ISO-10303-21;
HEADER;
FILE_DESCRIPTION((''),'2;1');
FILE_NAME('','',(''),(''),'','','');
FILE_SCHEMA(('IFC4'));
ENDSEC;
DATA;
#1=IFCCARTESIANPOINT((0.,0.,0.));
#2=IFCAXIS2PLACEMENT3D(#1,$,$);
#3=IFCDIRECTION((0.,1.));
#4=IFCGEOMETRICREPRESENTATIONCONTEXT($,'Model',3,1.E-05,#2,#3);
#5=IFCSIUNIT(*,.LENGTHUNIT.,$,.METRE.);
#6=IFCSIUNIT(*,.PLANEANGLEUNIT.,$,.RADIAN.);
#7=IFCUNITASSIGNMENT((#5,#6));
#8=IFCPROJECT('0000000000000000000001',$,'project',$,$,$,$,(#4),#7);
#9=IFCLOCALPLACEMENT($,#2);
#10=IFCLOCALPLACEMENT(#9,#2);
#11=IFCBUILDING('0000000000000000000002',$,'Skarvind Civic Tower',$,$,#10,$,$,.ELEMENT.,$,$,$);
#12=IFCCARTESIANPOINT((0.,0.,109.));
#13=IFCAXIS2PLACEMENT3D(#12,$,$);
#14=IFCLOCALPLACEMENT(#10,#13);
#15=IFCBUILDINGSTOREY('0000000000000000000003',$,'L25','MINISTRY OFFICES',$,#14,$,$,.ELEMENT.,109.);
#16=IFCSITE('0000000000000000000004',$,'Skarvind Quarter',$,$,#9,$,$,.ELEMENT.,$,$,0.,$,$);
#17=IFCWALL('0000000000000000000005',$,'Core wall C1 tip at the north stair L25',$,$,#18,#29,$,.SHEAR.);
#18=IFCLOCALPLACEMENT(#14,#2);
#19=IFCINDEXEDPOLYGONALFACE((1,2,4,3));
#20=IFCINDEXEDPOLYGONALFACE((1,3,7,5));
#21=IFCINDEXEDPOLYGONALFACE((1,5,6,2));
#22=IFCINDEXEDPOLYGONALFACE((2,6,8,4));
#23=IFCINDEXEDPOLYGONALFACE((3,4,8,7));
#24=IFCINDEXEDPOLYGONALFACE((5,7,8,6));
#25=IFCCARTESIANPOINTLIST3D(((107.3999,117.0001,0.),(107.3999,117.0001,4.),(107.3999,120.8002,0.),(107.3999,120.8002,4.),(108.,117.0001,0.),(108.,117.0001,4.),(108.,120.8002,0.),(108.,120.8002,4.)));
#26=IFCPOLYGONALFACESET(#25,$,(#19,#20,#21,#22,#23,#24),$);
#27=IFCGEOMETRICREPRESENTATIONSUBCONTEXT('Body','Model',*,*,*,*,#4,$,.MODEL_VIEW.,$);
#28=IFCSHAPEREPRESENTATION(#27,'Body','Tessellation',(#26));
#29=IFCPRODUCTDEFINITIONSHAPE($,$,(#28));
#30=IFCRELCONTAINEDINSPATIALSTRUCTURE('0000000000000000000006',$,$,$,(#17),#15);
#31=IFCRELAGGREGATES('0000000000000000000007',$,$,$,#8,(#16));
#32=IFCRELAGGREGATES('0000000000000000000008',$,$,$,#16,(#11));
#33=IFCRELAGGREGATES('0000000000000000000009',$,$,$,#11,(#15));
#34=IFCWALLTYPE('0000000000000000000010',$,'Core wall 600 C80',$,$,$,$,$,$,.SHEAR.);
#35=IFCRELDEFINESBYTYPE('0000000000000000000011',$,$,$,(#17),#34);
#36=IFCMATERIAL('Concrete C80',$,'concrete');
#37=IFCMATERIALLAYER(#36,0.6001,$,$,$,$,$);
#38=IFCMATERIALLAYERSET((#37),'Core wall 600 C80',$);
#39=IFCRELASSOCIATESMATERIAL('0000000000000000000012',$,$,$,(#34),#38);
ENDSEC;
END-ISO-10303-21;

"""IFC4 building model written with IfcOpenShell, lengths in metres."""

from ifc_helpers import new_model, si_unit, direction, frame, frame_2d, origin, place, context, subcontext, project, spatial, rectangle, extrude, material, layer, layer_set, type_object, element, save


model = new_model("IFC4")

# Units and contexts
model_context = context("Model", 3, precision=1e-05, world=origin(), true_north=direction((0.0, 1.0)))
body_context = subcontext(model_context, "Body", "Model", "MODEL_VIEW")
ifc_project = project(units=[si_unit("LENGTHUNIT", "METRE"), si_unit("PLANEANGLEUNIT", "RADIAN")], contexts=[model_context])

# Site, building, storey
site_placement = place(None, origin())
site = spatial("IfcSite", under=ifc_project, at=site_placement, Name="Skarvind Quarter", CompositionType="ELEMENT", RefElevation=0.0)
building_placement = place(site_placement, origin())
building = spatial("IfcBuilding", under=site, at=building_placement, Name="Skarvind Civic Tower", CompositionType="ELEMENT")
storey_placement = place(building_placement, frame((0.0, 0.0, 109.0)))
storey = spatial("IfcBuildingStorey", under=building, at=storey_placement, Name="L25", Description="MINISTRY OFFICES", CompositionType="ELEMENT", Elevation=109.0)

# Shared definitions
ifc_material_1 = material(Name="Concrete C80", Category="concrete")

# Wall
ifc_layer_1 = layer(ifc_material_1, 0.6001)
ifc_layer_set_1 = layer_set([ifc_layer_1], Name="Core wall 600 C80")
wall_type_1 = type_object("IfcWallType", Name="Core wall 600 C80", PredefinedType="SHEAR", material=ifc_layer_set_1)
wall_1_placement = place(storey_placement, frame((107.7, 120.8, 0.0), z_axis=(0.0, 0.0, 1.0), x_axis=(0.0, -1.0, 0.0)))
element("IfcWall", 1, at=wall_1_placement, inside=storey, type_object=wall_type_1, Name="Core wall C1 tip at the north stair L25", PredefinedType="SHEAR", context=body_context, shape_type="SweptSolid", body=[
    extrude(rectangle(XDim=3.8, YDim=0.6001, at=frame_2d((1.8999, 0.0))), origin(), (0.0, 0.0, 1.0), 4.0),
])

save(model, "model.ifc")
